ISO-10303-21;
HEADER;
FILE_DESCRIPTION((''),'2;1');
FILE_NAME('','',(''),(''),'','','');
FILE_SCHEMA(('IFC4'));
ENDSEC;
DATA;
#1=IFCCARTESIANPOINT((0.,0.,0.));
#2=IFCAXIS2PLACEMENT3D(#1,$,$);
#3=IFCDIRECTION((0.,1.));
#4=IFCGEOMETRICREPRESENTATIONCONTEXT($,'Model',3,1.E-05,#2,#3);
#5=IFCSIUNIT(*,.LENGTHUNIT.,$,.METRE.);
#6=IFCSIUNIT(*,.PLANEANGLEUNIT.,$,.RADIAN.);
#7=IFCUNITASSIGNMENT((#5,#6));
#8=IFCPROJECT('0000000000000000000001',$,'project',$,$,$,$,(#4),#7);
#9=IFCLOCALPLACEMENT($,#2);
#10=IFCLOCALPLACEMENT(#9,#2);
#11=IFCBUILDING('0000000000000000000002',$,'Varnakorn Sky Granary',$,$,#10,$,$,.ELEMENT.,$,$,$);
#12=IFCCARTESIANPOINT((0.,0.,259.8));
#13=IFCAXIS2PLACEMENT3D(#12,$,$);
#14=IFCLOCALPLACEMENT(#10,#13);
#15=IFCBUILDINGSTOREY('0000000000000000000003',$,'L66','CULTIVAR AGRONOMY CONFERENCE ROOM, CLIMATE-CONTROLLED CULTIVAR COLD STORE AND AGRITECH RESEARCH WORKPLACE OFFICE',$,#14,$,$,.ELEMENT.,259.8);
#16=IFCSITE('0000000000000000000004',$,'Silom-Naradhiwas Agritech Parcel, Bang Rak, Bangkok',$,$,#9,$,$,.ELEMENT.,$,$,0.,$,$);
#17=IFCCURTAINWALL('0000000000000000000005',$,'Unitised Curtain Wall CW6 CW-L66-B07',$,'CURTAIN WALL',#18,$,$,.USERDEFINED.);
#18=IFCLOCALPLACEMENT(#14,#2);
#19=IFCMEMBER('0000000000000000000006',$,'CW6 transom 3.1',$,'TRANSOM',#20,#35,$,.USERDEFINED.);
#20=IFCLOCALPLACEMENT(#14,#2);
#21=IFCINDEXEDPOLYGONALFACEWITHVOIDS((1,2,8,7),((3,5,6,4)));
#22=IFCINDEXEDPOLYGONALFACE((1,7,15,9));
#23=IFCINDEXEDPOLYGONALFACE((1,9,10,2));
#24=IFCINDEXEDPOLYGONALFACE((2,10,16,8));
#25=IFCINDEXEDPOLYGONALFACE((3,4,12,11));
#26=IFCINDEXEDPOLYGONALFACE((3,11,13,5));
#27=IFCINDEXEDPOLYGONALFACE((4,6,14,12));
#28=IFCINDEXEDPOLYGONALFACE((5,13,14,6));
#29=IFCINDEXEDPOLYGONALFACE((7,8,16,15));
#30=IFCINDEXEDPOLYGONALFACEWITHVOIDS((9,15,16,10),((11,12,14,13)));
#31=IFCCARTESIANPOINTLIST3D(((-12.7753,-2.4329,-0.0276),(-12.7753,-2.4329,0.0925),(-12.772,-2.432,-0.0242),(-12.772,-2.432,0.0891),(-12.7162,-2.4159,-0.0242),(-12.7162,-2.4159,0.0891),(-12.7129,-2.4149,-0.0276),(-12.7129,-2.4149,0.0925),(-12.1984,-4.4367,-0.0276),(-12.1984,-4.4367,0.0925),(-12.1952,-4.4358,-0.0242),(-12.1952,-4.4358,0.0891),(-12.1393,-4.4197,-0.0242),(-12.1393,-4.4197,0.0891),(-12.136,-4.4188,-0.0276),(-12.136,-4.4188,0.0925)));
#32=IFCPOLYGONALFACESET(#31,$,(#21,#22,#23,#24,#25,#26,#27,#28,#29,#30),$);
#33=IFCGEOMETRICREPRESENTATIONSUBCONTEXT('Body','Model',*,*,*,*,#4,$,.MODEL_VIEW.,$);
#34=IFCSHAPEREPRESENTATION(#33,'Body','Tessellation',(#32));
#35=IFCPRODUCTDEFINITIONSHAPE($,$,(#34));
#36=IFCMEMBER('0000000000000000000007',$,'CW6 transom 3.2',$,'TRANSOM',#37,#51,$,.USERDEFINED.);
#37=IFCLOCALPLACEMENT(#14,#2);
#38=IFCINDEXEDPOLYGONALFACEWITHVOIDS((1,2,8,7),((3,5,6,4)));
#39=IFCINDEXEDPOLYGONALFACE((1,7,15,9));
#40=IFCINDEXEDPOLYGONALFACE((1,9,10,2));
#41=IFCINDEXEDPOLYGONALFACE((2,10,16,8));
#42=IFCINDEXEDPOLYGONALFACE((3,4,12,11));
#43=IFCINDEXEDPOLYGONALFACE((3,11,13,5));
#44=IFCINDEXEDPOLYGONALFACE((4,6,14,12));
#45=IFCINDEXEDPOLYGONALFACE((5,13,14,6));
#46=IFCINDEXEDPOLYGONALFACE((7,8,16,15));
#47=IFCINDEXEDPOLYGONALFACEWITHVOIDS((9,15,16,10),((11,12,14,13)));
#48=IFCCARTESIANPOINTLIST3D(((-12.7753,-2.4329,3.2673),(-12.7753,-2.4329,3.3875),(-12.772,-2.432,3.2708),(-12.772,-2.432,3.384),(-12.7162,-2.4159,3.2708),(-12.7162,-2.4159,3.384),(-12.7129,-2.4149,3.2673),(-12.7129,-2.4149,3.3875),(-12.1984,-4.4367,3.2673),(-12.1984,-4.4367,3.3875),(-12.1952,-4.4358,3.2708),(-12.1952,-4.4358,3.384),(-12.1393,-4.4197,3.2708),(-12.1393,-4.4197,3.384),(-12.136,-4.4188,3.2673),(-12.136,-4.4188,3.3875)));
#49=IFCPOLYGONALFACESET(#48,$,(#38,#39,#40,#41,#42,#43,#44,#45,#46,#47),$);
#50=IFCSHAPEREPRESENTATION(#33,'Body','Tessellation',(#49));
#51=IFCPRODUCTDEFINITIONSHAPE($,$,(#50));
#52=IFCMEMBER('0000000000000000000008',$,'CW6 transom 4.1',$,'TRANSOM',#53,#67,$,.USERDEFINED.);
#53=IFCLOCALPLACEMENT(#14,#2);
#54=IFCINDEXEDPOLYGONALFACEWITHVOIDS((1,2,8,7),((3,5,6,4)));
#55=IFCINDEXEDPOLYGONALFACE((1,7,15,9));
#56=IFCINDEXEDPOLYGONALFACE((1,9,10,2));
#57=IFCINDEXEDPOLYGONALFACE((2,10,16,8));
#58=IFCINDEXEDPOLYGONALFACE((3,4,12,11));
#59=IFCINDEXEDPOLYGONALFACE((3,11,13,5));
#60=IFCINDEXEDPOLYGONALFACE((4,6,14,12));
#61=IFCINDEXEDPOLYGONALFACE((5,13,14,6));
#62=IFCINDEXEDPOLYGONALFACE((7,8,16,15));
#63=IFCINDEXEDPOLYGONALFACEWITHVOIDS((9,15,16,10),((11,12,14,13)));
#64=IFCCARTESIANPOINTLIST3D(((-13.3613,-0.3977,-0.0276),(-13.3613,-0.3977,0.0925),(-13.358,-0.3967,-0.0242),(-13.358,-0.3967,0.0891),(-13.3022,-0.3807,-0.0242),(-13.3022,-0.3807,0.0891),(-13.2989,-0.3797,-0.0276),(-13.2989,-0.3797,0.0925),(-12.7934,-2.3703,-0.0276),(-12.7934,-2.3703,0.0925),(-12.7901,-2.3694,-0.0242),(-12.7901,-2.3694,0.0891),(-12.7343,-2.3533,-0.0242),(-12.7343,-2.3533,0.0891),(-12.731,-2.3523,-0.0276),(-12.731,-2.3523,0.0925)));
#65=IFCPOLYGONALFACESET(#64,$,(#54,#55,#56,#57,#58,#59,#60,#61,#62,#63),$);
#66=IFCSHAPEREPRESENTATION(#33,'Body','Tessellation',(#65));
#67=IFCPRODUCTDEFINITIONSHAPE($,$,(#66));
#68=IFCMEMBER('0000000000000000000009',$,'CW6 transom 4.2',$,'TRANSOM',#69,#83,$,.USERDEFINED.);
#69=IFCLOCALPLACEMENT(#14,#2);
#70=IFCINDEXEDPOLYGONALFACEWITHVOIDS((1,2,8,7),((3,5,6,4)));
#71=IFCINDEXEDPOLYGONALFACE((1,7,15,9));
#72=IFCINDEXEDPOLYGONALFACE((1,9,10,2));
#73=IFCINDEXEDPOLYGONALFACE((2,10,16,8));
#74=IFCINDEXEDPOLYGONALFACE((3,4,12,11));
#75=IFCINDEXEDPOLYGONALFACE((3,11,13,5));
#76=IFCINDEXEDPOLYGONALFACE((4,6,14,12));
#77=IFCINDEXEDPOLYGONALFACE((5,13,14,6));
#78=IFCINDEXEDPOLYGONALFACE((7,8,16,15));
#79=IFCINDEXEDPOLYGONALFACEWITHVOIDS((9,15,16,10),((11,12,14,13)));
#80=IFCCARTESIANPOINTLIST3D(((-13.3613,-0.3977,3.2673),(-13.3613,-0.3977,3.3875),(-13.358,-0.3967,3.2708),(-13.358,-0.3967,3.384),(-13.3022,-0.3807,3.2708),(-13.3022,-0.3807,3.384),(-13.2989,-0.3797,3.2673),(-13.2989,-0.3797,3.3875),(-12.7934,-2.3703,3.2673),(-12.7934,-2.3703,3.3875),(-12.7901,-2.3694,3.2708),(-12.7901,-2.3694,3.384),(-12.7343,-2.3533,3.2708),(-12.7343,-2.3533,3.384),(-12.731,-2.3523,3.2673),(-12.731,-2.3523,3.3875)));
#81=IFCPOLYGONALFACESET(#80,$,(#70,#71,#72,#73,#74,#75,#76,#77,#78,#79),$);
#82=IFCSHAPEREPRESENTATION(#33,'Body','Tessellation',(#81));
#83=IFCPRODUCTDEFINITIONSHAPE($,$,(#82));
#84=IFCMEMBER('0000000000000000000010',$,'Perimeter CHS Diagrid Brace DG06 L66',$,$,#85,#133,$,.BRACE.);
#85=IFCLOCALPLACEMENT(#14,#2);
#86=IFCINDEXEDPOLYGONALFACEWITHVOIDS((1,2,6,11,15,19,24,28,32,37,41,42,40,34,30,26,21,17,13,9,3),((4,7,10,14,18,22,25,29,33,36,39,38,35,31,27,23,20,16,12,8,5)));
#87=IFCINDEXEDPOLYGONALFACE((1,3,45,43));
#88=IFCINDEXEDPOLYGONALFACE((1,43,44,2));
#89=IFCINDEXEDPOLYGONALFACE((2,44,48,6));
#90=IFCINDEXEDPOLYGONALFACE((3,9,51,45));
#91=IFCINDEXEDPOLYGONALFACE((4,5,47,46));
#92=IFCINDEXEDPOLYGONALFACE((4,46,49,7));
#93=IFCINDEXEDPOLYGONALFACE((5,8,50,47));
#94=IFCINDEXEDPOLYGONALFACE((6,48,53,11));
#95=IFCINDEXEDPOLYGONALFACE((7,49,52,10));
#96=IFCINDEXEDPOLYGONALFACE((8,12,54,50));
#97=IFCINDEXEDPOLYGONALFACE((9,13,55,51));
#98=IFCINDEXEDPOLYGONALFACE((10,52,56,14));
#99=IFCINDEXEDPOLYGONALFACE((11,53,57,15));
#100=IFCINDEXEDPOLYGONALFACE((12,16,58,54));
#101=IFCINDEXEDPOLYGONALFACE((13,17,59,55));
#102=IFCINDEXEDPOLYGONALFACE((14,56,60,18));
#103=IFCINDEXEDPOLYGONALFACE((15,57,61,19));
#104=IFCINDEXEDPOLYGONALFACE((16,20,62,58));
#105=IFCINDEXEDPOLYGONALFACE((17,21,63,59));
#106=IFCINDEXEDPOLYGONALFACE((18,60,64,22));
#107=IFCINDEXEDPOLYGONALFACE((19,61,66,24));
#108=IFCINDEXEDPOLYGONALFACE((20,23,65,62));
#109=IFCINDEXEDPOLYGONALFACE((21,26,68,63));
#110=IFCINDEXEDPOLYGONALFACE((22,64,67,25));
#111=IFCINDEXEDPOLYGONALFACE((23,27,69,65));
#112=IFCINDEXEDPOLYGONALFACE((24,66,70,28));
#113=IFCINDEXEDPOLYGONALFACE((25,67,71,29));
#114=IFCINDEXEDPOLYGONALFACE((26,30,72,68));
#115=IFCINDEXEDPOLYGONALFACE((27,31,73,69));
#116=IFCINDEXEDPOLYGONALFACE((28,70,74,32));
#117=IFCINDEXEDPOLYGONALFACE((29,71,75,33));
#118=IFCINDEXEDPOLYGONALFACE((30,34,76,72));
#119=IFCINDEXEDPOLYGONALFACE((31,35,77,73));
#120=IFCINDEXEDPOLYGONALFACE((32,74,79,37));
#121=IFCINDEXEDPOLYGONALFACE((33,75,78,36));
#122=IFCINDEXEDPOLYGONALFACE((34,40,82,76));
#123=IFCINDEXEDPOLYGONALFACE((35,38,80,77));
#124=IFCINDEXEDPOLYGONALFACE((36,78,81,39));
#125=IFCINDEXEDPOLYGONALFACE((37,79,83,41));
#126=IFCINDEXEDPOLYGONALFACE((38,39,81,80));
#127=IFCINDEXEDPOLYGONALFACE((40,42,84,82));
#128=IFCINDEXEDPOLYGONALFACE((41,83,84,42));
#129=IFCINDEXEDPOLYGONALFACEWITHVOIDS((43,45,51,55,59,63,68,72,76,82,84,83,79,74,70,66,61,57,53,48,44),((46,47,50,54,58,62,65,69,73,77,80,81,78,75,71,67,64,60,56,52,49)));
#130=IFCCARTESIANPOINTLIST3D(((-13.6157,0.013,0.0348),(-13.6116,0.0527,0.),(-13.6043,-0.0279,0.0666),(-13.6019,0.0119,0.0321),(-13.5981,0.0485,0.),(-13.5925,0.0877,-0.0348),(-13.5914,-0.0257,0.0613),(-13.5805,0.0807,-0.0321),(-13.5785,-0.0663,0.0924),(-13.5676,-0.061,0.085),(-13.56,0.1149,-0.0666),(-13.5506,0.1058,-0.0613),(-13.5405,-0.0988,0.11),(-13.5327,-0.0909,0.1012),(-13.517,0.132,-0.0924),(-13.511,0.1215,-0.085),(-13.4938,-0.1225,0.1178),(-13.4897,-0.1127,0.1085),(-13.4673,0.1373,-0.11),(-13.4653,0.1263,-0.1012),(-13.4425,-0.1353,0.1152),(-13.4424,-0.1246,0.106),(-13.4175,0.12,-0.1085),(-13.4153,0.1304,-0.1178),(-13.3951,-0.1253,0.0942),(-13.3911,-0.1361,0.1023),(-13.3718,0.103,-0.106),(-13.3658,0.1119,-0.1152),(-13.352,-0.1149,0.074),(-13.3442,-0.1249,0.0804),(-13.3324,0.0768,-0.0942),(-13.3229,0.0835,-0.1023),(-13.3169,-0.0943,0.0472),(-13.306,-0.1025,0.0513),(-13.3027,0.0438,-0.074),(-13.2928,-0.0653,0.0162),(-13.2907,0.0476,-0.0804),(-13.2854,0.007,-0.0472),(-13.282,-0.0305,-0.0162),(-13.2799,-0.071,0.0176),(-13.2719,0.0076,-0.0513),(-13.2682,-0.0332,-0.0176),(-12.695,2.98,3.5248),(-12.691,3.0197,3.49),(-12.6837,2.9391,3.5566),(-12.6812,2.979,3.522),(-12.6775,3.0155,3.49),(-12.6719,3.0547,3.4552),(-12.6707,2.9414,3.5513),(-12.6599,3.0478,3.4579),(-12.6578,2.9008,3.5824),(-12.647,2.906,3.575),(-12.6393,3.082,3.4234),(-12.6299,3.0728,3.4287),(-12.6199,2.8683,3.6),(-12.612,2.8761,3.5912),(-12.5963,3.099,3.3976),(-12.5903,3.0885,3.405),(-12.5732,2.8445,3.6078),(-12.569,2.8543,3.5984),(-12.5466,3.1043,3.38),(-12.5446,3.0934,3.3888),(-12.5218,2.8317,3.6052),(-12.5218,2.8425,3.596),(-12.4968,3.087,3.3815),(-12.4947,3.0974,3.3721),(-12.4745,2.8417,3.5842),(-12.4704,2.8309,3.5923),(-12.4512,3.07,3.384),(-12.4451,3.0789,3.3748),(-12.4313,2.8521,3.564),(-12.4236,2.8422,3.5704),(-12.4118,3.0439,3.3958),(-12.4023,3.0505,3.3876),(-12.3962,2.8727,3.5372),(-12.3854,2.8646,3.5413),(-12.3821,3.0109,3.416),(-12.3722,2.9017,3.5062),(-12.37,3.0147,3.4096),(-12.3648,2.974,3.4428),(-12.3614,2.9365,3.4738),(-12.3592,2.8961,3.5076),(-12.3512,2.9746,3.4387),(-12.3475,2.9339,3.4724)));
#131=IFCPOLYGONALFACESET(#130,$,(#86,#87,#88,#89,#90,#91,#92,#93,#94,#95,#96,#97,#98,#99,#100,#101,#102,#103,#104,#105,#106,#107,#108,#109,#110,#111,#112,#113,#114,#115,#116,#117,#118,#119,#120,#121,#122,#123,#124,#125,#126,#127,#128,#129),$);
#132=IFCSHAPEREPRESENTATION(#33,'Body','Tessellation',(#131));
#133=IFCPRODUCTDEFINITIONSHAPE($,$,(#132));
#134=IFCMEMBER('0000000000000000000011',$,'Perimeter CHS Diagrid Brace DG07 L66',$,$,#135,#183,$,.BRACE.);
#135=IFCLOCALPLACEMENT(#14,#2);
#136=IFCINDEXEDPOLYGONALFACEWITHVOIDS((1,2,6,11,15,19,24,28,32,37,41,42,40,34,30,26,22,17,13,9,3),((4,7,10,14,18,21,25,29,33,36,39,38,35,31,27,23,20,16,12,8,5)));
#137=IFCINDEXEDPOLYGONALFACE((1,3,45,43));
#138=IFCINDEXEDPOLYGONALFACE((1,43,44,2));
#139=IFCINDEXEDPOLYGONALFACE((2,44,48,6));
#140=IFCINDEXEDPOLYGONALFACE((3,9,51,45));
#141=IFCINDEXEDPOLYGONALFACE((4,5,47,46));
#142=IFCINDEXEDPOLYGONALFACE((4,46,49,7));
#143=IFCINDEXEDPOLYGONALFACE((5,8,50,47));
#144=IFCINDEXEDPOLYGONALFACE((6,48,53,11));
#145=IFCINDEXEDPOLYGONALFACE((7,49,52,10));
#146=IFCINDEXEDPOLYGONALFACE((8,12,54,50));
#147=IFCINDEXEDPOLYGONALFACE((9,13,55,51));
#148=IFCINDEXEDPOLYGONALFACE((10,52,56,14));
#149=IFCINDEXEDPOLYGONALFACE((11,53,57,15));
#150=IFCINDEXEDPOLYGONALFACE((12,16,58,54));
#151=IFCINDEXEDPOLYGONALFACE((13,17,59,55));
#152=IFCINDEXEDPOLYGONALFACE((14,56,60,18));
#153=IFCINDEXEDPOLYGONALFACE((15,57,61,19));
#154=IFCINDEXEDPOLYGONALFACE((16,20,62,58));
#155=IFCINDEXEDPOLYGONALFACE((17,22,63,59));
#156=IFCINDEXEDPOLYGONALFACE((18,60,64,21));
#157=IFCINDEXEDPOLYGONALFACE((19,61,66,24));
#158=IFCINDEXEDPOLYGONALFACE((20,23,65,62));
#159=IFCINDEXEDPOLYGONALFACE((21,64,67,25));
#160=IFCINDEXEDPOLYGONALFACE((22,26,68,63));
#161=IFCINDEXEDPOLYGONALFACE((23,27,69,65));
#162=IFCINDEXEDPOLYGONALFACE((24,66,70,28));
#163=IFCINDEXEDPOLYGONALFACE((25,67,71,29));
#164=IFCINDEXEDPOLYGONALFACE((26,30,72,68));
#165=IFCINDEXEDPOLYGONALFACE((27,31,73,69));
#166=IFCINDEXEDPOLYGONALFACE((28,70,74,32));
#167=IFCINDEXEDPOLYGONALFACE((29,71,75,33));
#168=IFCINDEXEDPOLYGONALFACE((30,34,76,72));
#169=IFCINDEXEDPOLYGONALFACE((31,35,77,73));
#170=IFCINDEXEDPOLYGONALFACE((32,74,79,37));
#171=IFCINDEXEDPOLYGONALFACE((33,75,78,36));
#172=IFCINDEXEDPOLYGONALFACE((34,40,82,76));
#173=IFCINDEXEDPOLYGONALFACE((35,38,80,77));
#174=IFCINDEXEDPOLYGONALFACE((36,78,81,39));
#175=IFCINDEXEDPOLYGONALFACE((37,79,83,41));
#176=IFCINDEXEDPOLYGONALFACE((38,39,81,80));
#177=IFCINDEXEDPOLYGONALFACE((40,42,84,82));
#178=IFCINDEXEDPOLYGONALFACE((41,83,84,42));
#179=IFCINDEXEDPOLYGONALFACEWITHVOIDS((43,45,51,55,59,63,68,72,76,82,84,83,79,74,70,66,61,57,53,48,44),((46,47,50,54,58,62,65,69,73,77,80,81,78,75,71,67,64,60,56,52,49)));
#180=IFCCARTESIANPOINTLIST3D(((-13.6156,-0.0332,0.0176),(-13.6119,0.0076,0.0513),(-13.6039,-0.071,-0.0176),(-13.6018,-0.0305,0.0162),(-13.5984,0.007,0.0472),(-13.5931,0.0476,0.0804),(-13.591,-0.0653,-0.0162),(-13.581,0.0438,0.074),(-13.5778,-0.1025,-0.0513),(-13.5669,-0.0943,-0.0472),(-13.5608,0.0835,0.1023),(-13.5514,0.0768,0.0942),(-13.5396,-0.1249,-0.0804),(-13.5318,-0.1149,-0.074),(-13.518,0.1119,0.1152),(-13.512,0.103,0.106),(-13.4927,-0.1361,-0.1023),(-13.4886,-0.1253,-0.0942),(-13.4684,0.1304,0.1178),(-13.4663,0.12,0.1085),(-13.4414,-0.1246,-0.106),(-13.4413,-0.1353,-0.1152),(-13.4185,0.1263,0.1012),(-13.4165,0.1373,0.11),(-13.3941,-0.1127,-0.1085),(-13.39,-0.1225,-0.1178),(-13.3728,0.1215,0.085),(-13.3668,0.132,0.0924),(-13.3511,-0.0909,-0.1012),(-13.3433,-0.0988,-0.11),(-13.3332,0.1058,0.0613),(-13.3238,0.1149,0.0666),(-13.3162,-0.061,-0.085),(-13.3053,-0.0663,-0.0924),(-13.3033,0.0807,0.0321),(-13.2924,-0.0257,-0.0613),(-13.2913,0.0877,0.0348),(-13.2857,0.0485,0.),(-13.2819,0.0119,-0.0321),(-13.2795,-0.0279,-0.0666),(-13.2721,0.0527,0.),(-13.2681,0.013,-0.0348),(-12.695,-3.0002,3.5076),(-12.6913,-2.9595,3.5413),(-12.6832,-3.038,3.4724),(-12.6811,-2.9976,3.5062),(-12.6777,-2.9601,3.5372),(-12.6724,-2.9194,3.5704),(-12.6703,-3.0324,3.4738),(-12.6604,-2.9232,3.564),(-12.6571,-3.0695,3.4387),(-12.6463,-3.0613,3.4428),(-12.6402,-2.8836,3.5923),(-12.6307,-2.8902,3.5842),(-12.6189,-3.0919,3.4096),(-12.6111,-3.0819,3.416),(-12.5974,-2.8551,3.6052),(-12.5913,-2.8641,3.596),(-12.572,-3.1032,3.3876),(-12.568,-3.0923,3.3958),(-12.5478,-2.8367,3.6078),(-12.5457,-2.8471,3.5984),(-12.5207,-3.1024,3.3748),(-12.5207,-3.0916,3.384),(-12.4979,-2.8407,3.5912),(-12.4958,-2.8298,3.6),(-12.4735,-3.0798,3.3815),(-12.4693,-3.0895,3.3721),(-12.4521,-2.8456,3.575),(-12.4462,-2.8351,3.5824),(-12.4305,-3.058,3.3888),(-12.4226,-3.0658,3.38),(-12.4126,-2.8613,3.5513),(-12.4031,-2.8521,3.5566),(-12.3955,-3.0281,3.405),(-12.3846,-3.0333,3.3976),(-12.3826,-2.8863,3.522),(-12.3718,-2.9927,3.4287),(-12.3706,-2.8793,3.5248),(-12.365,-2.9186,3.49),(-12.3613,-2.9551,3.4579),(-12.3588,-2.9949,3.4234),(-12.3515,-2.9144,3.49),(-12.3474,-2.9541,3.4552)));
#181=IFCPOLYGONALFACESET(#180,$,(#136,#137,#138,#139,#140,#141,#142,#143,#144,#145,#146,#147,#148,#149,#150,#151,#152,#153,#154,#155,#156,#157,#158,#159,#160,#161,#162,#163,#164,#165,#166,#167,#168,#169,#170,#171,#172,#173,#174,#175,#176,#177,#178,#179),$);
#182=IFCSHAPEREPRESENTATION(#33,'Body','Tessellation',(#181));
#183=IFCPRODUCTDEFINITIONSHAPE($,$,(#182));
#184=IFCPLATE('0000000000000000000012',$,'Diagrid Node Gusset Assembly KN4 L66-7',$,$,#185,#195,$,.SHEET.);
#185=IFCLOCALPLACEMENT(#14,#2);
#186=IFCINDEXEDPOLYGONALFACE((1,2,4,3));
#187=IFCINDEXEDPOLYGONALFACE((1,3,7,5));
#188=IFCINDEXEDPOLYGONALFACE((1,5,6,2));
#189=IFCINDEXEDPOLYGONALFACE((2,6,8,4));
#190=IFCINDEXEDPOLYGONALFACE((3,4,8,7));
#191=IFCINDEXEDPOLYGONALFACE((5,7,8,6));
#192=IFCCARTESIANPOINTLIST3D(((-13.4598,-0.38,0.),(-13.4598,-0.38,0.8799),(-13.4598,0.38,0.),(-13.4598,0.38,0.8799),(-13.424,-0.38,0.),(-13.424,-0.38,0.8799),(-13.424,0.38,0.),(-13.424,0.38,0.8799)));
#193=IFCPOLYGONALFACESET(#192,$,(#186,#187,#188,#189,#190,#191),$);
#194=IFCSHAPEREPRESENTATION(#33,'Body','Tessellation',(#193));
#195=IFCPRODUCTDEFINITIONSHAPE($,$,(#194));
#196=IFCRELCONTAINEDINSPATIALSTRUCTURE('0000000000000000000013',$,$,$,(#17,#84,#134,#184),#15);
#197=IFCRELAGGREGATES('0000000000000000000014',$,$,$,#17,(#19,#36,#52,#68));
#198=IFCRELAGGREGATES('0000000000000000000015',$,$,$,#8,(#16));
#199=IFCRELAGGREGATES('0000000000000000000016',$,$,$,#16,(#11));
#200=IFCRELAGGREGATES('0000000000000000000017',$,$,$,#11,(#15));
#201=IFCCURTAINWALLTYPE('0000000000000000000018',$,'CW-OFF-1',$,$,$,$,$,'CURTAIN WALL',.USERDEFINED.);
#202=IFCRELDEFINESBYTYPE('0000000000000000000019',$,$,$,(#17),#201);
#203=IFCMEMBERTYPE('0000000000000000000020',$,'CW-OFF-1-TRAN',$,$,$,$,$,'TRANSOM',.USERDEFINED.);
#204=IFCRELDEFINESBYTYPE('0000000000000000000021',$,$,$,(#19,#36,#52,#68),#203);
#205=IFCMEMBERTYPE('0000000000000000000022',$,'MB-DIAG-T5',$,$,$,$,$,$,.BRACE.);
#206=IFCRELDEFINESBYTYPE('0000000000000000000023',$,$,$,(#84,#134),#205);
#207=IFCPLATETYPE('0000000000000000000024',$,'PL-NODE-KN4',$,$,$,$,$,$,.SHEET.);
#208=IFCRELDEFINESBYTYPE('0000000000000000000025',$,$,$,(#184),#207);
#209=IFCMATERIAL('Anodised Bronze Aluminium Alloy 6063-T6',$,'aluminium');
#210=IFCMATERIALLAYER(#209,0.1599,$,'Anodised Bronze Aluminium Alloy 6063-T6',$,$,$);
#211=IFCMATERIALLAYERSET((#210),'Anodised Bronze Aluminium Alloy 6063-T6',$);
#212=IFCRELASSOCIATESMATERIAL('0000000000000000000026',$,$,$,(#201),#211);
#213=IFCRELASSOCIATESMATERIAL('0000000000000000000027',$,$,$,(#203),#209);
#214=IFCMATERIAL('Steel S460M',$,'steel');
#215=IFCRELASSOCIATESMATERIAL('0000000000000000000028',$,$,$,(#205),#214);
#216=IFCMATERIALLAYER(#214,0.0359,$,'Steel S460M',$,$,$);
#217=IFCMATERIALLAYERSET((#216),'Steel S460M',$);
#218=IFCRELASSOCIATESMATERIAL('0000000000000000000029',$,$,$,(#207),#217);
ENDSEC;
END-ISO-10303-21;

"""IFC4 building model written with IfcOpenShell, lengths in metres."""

from ifc_helpers import new_model, si_unit, direction, frame, origin, origin_2d, place, context, subcontext, project, spatial, rectangle, hollow_rectangle, hollow_circle, extrude, material, layer, layer_set, material_profile, profile_set, type_object, element, aggregate, save


model = new_model("IFC4")

# Units and contexts
model_context = context("Model", 3, precision=1e-05, world=origin(), true_north=direction((0.0, 1.0)))
body_context = subcontext(model_context, "Body", "Model", "MODEL_VIEW")
ifc_project = project(units=[si_unit("LENGTHUNIT", "METRE"), si_unit("PLANEANGLEUNIT", "RADIAN")], contexts=[model_context])

# Site, building, storey
site_placement = place(None, origin())
site = spatial("IfcSite", under=ifc_project, at=site_placement, Name="Silom-Naradhiwas Agritech Parcel, Bang Rak, Bangkok", CompositionType="ELEMENT", RefElevation=0.0)
building_placement = place(site_placement, origin())
building = spatial("IfcBuilding", under=site, at=building_placement, Name="Varnakorn Sky Granary", CompositionType="ELEMENT")
storey_placement = place(building_placement, frame((0.0, 0.0, 259.8)))
storey = spatial("IfcBuildingStorey", under=building, at=storey_placement, Name="L66", Description="CULTIVAR AGRONOMY CONFERENCE ROOM, CLIMATE-CONTROLLED CULTIVAR COLD STORE AND AGRITECH RESEARCH WORKPLACE OFFICE", CompositionType="ELEMENT", Elevation=259.8)

# Shared definitions
ifc_material_1 = material(Name="Steel S460M", Category="steel")

# Curtain wall, members
ifc_material_2 = material(Name="Anodised Bronze Aluminium Alloy 6063-T6", Category="aluminium")
ifc_layer_1 = layer(ifc_material_2, 0.1599, Name="Anodised Bronze Aluminium Alloy 6063-T6")
ifc_layer_set_1 = layer_set([ifc_layer_1], Name="Anodised Bronze Aluminium Alloy 6063-T6")
curtain_wall_type = type_object("IfcCurtainWallType", Name="CW-OFF-1", ElementType="CURTAIN WALL", PredefinedType="USERDEFINED", material=ifc_layer_set_1)
curtain_wall_placement = place(storey_placement, origin())
curtain_wall = element("IfcCurtainWall", 1, at=curtain_wall_placement, inside=storey, type_object=curtain_wall_type, Name="Unitised Curtain Wall CW6 CW-L66-B07", ObjectType="CURTAIN WALL", PredefinedType="USERDEFINED")
ifc_material_profile_1 = material_profile(ifc_material_2, hollow_rectangle(XDim=0.0649, YDim=0.1201, WallThickness=0.0034, at=origin_2d()), Name="ALU TRAN 65x120")
ifc_profile_set_1 = profile_set([ifc_material_profile_1], Name="Anodised Bronze Aluminium Alloy 6063-T6")
member_type_1 = type_object("IfcMemberType", Name="CW-OFF-1-TRAN", ElementType="TRANSOM", PredefinedType="USERDEFINED", material=ifc_profile_set_1)
member_1_placement = place(storey_placement, frame((-12.1672, -4.4277, 0.0325), z_axis=(-0.276653, 0.96097, 0.0), x_axis=(-0.96097, -0.276653, 0.0)))
member_1 = element("IfcMember", 2, at=member_1_placement, type_object=member_type_1, Name="CW6 transom 3.1", ObjectType="TRANSOM", PredefinedType="USERDEFINED", context=body_context, shape_type="SweptSolid", body=[
    extrude(hollow_rectangle(XDim=0.0649, YDim=0.1201, WallThickness=0.0034, at=origin_2d()), origin(), (0.0, 0.0, 1.0), 2.0852),
])
member_2_placement = place(storey_placement, frame((-12.1672, -4.4277, 3.3274), z_axis=(-0.276653, 0.96097, 0.0), x_axis=(-0.96097, -0.276653, 0.0)))
member_2 = element("IfcMember", 3, at=member_2_placement, type_object=member_type_1, Name="CW6 transom 3.2", ObjectType="TRANSOM", PredefinedType="USERDEFINED", context=body_context, shape_type="SweptSolid", body=[
    extrude(hollow_rectangle(XDim=0.0649, YDim=0.1201, WallThickness=0.0034, at=origin_2d()), origin(), (0.0, 0.0, 1.0), 2.0852),
])
member_3_placement = place(storey_placement, frame((-12.7622, -2.3613, 0.0325), z_axis=(-0.276637, 0.960974, 0.0), x_axis=(-0.960974, -0.276637, 0.0)))
member_3 = element("IfcMember", 4, at=member_3_placement, type_object=member_type_1, Name="CW6 transom 4.1", ObjectType="TRANSOM", PredefinedType="USERDEFINED", context=body_context, shape_type="SweptSolid", body=[
    extrude(hollow_rectangle(XDim=0.0649, YDim=0.1201, WallThickness=0.0034, at=origin_2d()), origin(), (0.0, 0.0, 1.0), 2.0527),
])
member_4_placement = place(storey_placement, frame((-12.7622, -2.3613, 3.3274), z_axis=(-0.276637, 0.960974, 0.0), x_axis=(-0.960974, -0.276637, 0.0)))
member_4 = element("IfcMember", 5, at=member_4_placement, type_object=member_type_1, Name="CW6 transom 4.2", ObjectType="TRANSOM", PredefinedType="USERDEFINED", context=body_context, shape_type="SweptSolid", body=[
    extrude(hollow_rectangle(XDim=0.0649, YDim=0.1201, WallThickness=0.0034, at=origin_2d()), origin(), (0.0, 0.0, 1.0), 2.0527),
])

# Members
ifc_material_profile_2 = material_profile(ifc_material_1, hollow_circle(Radius=0.1777, WallThickness=0.0142, at=origin_2d()), Name="CHS 355.6x14")
ifc_profile_set_2 = profile_set([ifc_material_profile_2], Name="Steel S460M")
member_type_2 = type_object("IfcMemberType", Name="MB-DIAG-T5", PredefinedType="BRACE", material=ifc_profile_set_2)
for number, where, z_axis, x_axis, name in (
    (6, (-13.4419, 0.0, 0.0), (0.197043, 0.635019, 0.746943), (-0.955078, 0.296355, 0.0), "Perimeter CHS Diagrid Brace DG06 L66"),
    (7, (-13.4419, 0.0, 0.0), (0.197043, -0.635019, 0.746943), (0.955078, 0.296355, 0.0), "Perimeter CHS Diagrid Brace DG07 L66"),
):
    element("IfcMember", number, at=place(storey_placement, frame(where, z_axis=z_axis, x_axis=x_axis)), inside=storey, type_object=member_type_2, Name=name, PredefinedType="BRACE", context=body_context, shape_type="SweptSolid", body=[
        extrude(hollow_circle(Radius=0.1777, WallThickness=0.0142, at=origin_2d()), origin(), (0.0, 0.0, 1.0), 4.6724),
    ])

# Plate
ifc_layer_2 = layer(ifc_material_1, 0.0359, Name="Steel S460M")
ifc_layer_set_2 = layer_set([ifc_layer_2], Name="Steel S460M")
plate_type_1 = type_object("IfcPlateType", Name="PL-NODE-KN4", PredefinedType="SHEET", material=ifc_layer_set_2)
plate_1_placement = place(storey_placement, frame((-13.4419, 0.0, 0.0), z_axis=(0.0, 0.0, 1.0), x_axis=(0.0, -1.0, 0.0)))
element("IfcPlate", 8, at=plate_1_placement, inside=storey, type_object=plate_type_1, Name="Diagrid Node Gusset Assembly KN4 L66-7", PredefinedType="SHEET", context=body_context, shape_type="SweptSolid", body=[
    extrude(rectangle(XDim=0.76, YDim=0.0359, at=origin_2d()), origin(), (0.0, 0.0, 1.0), 0.8799),
])
aggregate(curtain_wall, [member_1, member_2, member_3, member_4])

save(model, "model.ifc")
